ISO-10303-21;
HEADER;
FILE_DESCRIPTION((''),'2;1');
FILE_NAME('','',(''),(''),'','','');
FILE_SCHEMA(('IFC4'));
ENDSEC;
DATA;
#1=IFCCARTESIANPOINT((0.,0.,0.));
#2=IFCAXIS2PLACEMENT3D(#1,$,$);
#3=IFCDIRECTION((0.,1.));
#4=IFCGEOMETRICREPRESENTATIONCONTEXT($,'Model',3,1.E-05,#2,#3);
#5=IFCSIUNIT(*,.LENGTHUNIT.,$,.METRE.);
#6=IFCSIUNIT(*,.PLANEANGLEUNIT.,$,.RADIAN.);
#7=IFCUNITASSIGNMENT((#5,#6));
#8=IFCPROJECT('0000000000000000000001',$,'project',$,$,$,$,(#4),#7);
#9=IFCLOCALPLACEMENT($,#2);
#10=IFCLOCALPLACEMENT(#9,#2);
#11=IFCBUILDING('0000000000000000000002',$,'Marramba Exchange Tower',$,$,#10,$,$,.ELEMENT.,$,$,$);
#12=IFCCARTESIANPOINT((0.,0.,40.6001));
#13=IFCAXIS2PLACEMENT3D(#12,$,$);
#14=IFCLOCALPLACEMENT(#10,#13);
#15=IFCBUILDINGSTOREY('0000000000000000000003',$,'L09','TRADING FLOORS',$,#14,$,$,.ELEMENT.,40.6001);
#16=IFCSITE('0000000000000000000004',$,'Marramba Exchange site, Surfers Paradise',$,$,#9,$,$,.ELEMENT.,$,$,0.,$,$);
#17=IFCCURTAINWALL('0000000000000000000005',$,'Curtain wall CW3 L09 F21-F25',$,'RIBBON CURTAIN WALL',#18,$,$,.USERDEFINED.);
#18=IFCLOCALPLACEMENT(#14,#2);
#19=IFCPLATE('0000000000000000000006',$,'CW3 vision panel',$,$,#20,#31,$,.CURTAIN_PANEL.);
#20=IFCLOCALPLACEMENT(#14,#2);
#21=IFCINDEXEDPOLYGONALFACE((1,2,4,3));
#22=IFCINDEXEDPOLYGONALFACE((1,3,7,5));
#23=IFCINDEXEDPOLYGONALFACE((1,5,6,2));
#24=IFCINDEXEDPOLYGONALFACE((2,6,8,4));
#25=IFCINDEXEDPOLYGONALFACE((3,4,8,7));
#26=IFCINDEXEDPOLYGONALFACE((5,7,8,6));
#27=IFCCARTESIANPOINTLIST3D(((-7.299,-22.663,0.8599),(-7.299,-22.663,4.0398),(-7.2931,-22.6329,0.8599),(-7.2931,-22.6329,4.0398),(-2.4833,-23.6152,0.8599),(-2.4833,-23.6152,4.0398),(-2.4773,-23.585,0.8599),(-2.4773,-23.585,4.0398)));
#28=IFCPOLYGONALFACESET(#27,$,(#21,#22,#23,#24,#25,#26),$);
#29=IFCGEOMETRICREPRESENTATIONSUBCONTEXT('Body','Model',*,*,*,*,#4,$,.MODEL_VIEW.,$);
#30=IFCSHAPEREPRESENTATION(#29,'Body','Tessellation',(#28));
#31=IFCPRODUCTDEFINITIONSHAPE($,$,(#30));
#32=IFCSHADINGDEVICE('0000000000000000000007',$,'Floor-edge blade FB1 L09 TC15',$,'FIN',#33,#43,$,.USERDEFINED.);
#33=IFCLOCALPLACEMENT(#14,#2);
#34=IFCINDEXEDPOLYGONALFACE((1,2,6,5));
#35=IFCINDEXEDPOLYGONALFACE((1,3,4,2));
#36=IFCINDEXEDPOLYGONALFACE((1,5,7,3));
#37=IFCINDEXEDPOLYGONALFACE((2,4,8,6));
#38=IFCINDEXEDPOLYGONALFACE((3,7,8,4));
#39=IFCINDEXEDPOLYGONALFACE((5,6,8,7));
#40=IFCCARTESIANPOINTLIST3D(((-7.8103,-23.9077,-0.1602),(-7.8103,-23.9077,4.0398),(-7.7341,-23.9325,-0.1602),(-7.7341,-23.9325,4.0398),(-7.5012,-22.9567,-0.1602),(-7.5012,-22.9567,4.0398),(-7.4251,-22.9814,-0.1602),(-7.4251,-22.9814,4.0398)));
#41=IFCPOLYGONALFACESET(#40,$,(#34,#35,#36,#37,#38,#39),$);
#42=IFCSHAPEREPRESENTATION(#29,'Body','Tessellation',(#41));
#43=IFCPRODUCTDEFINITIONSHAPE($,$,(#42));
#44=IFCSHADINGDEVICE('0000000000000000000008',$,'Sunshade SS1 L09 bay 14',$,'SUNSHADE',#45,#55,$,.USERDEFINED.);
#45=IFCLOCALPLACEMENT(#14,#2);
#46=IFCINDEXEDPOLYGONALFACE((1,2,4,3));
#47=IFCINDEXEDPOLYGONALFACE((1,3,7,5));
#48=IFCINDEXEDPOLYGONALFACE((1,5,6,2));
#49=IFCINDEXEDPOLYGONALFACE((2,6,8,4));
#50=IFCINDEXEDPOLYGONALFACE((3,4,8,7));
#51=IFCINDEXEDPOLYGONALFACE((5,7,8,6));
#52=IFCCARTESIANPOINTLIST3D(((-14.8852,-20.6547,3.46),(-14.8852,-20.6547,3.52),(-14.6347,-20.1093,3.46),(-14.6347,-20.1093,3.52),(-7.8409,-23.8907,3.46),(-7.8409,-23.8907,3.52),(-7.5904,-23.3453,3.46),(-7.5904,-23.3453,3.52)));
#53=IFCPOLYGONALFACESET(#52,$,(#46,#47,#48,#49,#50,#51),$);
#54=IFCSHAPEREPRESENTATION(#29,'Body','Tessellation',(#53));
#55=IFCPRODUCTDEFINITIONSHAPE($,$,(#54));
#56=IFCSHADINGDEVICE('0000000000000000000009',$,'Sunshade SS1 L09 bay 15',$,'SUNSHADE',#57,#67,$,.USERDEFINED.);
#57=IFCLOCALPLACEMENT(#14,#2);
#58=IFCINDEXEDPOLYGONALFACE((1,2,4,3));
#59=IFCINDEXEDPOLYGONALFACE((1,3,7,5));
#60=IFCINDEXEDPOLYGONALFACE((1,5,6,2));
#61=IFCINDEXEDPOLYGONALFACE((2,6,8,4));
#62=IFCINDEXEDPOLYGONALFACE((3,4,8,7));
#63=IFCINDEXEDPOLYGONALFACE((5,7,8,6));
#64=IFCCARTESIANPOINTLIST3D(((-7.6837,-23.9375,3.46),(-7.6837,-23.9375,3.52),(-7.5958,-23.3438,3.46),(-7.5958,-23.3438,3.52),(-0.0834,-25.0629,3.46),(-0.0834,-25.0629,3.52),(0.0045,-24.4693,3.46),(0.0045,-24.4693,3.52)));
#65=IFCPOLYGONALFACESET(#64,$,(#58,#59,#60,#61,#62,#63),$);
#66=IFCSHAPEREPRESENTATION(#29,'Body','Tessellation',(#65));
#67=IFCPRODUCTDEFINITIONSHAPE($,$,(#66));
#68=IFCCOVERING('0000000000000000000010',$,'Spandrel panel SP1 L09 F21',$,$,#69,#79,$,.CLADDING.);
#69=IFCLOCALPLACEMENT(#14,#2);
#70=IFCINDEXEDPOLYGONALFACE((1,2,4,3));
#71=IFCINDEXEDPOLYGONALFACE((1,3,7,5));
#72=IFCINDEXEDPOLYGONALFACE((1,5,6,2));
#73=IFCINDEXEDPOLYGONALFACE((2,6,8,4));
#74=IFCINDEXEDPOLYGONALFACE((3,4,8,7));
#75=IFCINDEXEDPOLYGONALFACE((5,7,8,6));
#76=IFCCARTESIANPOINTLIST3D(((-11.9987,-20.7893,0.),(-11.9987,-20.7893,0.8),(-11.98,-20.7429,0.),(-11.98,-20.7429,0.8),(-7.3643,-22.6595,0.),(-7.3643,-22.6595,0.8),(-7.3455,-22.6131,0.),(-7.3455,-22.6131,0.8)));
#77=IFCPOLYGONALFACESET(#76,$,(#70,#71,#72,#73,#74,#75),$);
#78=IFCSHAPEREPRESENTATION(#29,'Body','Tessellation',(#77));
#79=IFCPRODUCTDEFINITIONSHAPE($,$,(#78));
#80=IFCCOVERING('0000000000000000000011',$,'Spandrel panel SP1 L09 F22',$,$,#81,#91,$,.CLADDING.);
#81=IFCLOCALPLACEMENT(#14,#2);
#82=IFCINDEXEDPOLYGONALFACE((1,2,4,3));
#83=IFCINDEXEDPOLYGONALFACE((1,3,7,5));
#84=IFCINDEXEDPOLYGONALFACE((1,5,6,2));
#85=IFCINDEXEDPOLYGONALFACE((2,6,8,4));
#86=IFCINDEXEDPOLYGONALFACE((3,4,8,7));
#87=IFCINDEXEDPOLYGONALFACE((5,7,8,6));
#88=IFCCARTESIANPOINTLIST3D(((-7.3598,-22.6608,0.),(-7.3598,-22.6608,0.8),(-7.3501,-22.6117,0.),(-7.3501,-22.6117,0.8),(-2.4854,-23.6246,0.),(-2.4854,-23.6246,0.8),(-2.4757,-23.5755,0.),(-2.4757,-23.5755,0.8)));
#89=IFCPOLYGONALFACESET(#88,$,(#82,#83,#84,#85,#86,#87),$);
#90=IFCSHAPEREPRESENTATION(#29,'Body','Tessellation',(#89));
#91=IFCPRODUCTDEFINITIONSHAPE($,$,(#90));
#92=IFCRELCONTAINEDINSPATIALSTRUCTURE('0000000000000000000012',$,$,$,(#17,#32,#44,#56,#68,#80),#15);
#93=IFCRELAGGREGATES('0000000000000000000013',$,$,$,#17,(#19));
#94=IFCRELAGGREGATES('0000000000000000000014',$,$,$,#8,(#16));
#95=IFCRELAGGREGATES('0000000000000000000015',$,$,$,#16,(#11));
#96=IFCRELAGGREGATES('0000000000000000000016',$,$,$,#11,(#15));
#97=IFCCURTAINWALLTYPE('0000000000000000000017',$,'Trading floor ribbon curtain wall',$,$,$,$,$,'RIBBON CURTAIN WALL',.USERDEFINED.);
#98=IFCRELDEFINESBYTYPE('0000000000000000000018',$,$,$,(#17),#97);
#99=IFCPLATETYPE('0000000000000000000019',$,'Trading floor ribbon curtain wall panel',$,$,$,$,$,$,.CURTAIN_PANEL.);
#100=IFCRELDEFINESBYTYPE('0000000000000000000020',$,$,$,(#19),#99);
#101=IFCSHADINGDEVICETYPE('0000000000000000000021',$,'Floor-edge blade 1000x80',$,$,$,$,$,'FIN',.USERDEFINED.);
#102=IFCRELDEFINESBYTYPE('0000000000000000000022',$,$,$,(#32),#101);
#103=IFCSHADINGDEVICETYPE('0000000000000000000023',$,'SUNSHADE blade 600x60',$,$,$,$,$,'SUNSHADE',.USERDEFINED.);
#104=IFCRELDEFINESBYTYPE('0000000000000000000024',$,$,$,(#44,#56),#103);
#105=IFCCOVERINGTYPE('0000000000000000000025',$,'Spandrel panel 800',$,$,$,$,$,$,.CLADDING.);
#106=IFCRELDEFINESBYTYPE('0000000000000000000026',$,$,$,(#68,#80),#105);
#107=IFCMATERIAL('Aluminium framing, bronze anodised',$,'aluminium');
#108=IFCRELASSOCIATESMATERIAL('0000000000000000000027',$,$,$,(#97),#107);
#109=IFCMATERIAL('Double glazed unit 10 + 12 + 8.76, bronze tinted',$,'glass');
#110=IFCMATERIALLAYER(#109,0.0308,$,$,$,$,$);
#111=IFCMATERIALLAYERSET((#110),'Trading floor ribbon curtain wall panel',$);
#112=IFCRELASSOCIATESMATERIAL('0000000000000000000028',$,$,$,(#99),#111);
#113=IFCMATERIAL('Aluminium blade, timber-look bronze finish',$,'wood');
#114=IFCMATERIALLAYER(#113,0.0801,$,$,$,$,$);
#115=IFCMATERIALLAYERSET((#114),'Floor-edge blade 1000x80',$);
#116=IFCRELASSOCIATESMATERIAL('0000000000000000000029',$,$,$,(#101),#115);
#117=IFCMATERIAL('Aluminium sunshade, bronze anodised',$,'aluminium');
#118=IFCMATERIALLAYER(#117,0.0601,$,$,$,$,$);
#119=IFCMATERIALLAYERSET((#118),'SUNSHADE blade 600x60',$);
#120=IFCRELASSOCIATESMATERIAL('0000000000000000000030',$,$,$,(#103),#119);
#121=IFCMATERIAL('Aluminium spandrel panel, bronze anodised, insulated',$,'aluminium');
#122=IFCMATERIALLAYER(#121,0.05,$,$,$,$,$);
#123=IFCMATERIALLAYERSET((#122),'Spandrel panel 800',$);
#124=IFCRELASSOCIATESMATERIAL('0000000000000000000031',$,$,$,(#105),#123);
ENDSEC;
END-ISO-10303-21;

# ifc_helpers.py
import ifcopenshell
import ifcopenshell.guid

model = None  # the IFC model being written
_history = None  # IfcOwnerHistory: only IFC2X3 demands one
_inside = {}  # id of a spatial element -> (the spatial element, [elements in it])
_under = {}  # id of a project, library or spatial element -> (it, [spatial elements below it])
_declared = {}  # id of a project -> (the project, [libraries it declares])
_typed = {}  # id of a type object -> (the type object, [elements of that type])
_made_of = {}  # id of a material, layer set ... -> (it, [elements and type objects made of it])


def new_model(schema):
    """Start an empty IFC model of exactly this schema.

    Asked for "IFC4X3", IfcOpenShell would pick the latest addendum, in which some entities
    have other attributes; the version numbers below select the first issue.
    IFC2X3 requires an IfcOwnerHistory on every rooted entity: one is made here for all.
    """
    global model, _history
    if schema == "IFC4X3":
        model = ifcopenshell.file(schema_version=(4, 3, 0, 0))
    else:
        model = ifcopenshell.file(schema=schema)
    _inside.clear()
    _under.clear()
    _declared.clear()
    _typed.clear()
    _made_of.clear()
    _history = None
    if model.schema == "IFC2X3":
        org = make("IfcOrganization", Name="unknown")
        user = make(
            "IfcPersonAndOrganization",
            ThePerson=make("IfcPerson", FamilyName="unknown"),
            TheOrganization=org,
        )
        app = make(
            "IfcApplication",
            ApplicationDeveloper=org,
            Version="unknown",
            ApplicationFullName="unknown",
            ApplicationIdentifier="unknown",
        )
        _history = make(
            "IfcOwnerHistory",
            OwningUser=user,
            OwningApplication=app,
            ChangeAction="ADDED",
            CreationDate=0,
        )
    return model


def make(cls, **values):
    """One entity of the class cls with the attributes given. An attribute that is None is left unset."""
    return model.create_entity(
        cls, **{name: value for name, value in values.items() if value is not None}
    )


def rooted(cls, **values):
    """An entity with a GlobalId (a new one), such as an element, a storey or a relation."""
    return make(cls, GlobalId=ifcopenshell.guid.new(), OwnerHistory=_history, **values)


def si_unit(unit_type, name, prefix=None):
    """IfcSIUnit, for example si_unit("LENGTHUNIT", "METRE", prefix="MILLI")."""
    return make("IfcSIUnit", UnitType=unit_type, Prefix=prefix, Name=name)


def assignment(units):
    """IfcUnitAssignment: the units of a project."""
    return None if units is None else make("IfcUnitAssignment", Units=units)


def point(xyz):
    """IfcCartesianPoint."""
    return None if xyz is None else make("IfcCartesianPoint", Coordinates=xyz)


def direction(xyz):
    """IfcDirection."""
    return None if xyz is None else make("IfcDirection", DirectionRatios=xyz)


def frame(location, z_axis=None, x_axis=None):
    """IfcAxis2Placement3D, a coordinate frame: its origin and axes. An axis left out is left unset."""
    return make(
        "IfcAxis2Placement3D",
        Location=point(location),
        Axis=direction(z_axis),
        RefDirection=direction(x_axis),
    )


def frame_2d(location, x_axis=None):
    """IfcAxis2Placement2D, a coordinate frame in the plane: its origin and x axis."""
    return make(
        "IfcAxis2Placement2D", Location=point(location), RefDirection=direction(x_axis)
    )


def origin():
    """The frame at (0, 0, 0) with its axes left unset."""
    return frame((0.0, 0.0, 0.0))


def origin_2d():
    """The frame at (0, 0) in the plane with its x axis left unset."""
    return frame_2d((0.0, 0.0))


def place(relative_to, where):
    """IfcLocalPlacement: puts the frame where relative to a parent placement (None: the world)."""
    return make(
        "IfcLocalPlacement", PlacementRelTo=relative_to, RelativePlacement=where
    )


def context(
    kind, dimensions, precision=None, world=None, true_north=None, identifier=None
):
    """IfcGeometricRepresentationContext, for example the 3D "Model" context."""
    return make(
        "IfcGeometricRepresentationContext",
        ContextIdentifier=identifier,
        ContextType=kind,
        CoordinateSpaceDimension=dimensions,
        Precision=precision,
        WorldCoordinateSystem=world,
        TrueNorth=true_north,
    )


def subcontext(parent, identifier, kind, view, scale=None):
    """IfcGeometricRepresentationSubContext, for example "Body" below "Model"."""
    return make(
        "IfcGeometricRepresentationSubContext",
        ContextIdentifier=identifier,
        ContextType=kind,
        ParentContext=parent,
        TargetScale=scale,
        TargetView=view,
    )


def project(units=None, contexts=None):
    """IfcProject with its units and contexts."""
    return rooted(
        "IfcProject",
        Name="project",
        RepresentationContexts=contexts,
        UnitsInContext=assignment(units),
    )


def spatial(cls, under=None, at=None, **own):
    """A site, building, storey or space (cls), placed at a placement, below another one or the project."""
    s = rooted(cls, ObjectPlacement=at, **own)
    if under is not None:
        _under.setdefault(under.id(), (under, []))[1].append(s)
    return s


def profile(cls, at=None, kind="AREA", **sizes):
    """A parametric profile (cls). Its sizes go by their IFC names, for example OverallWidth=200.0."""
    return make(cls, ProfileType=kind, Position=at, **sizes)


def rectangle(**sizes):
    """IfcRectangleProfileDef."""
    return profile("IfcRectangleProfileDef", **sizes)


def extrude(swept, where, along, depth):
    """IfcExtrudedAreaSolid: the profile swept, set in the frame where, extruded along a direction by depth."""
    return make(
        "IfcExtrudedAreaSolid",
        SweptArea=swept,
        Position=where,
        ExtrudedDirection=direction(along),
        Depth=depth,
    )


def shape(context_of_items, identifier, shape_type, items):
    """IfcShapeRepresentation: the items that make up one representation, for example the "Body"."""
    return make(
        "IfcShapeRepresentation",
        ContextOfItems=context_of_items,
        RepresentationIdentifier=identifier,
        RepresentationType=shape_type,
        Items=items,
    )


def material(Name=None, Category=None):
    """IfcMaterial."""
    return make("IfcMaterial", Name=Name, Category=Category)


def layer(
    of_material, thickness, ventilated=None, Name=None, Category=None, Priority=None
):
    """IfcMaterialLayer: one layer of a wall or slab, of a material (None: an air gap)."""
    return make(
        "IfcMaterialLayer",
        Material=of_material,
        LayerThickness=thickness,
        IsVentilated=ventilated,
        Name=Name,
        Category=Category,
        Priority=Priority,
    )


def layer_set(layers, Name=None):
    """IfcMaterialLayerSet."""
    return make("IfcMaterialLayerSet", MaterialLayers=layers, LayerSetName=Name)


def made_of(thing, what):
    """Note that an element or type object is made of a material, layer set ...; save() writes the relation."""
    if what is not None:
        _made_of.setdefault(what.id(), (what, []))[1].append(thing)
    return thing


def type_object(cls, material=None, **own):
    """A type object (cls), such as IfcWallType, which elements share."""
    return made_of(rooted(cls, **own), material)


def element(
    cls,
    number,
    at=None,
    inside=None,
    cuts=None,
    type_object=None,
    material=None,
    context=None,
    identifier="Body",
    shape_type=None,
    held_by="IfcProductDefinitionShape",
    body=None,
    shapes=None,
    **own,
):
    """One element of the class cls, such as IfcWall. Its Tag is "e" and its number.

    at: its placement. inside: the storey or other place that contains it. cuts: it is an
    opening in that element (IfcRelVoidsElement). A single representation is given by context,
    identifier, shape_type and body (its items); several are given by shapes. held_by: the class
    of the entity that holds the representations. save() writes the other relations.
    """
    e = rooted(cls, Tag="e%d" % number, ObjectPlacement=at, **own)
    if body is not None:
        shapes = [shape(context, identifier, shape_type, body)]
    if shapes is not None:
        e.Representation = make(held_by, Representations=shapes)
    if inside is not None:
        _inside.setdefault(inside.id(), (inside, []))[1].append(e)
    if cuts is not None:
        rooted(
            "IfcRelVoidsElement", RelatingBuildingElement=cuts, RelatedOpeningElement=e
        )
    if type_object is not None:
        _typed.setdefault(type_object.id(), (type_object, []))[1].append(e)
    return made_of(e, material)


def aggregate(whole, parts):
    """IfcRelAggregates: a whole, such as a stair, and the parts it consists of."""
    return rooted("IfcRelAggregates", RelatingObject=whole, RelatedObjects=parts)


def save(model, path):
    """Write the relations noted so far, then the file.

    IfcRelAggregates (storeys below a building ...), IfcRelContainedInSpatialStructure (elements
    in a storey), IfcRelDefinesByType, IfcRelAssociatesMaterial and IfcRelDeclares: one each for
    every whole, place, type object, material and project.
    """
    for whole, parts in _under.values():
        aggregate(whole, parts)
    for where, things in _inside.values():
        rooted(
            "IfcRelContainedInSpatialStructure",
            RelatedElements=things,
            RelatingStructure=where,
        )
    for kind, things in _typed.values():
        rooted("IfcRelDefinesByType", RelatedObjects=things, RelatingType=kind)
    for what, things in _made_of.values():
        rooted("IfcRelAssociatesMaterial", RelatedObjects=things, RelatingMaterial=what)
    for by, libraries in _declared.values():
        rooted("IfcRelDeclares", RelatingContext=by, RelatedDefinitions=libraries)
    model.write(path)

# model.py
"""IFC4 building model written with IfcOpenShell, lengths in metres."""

from ifc_helpers import new_model, si_unit, direction, frame, origin, origin_2d, place, context, subcontext, project, spatial, rectangle, extrude, material, layer, layer_set, type_object, element, aggregate, save


model = new_model("IFC4")

# Units and contexts
model_context = context("Model", 3, precision=1e-05, world=origin(), true_north=direction((0.0, 1.0)))
body_context = subcontext(model_context, "Body", "Model", "MODEL_VIEW")
ifc_project = project(units=[si_unit("LENGTHUNIT", "METRE"), si_unit("PLANEANGLEUNIT", "RADIAN")], contexts=[model_context])

# Site, building, storey
site_placement = place(None, origin())
site = spatial("IfcSite", under=ifc_project, at=site_placement, Name="Marramba Exchange site, Surfers Paradise", CompositionType="ELEMENT", RefElevation=0.0)
building_placement = place(site_placement, origin())
building = spatial("IfcBuilding", under=site, at=building_placement, Name="Marramba Exchange Tower", CompositionType="ELEMENT")
storey_placement = place(building_placement, frame((0.0, 0.0, 40.6001)))
storey = spatial("IfcBuildingStorey", under=building, at=storey_placement, Name="L09", Description="TRADING FLOORS", CompositionType="ELEMENT", Elevation=40.6001)

# Curtain wall, plate
ifc_material_1 = material(Name="Aluminium framing, bronze anodised", Category="aluminium")
curtain_wall_type = type_object("IfcCurtainWallType", Name="Trading floor ribbon curtain wall", ElementType="RIBBON CURTAIN WALL", PredefinedType="USERDEFINED", material=ifc_material_1)
curtain_wall_placement = place(storey_placement, origin())
curtain_wall = element("IfcCurtainWall", 1, at=curtain_wall_placement, inside=storey, type_object=curtain_wall_type, Name="Curtain wall CW3 L09 F21-F25", ObjectType="RIBBON CURTAIN WALL", PredefinedType="USERDEFINED")
ifc_material_2 = material(Name="Double glazed unit 10 + 12 + 8.76, bronze tinted", Category="glass")
ifc_layer_1 = layer(ifc_material_2, 0.0308)
ifc_layer_set_1 = layer_set([ifc_layer_1], Name="Trading floor ribbon curtain wall panel")
plate_type = type_object("IfcPlateType", Name="Trading floor ribbon curtain wall panel", PredefinedType="CURTAIN_PANEL", material=ifc_layer_set_1)
plate_1_placement = place(storey_placement, frame((-4.8882, -23.124, 0.8599), z_axis=(0.0, 0.0, 1.0), x_axis=(0.981009, -0.193961, 0.0)))
plate_1 = element("IfcPlate", 2, at=plate_1_placement, type_object=plate_type, Name="CW3 vision panel", PredefinedType="CURTAIN_PANEL", context=body_context, shape_type="SweptSolid", body=[
    extrude(rectangle(XDim=4.9089, YDim=0.0308, at=origin_2d()), origin(), (0.0, 0.0, 1.0), 3.1799),
])
aggregate(curtain_wall, [plate_1])

# Shading devices
ifc_material_3 = material(Name="Aluminium blade, timber-look bronze finish", Category="wood")
ifc_layer_2 = layer(ifc_material_3, 0.0801)
ifc_layer_set_2 = layer_set([ifc_layer_2], Name="Floor-edge blade 1000x80")
shading_device_type_1 = type_object("IfcShadingDeviceType", Name="Floor-edge blade 1000x80", ElementType="FIN", PredefinedType="USERDEFINED", material=ifc_layer_set_2)
shading_device_1_placement = place(storey_placement, frame((-7.6177, -23.4446, -0.1602), z_axis=(0.0, 0.0, 1.0), x_axis=(-0.309017, -0.951057, 0.0)))
element("IfcShadingDevice", 3, at=shading_device_1_placement, inside=storey, type_object=shading_device_type_1, Name="Floor-edge blade FB1 L09 TC15", ObjectType="FIN", PredefinedType="USERDEFINED", context=body_context, shape_type="SweptSolid", body=[
    extrude(rectangle(XDim=1.0, YDim=0.0801, at=origin_2d()), origin(), (0.0, 0.0, 1.0), 4.2),
])
ifc_material_4 = material(Name="Aluminium sunshade, bronze anodised", Category="aluminium")
ifc_layer_3 = layer(ifc_material_4, 0.0601)
ifc_layer_set_3 = layer_set([ifc_layer_3], Name="SUNSHADE blade 600x60")
shading_device_type_2 = type_object("IfcShadingDeviceType", Name="SUNSHADE blade 600x60", ElementType="SUNSHADE", PredefinedType="USERDEFINED", material=ifc_layer_set_3)
shading_device_2_placement = place(storey_placement, frame((-11.2378, -22.0, 3.46), z_axis=(0.0, 0.0, 1.0), x_axis=(0.908704, -0.417442, 0.0)))
element("IfcShadingDevice", 4, at=shading_device_2_placement, inside=storey, type_object=shading_device_type_2, Name="Sunshade SS1 L09 bay 14", ObjectType="SUNSHADE", PredefinedType="USERDEFINED", context=body_context, shape_type="SweptSolid", body=[
    extrude(rectangle(XDim=7.752, YDim=0.6001, at=origin_2d()), origin(), (0.0, 0.0, 1.0), 0.0601),
])
shading_device_3_placement = place(storey_placement, frame((-3.8396, -24.2034, 3.46), z_axis=(0.0, 0.0, 1.0), x_axis=(0.989213, -0.146485, 0.0)))
element("IfcShadingDevice", 5, at=shading_device_3_placement, inside=storey, type_object=shading_device_type_2, Name="Sunshade SS1 L09 bay 15", ObjectType="SUNSHADE", PredefinedType="USERDEFINED", context=body_context, shape_type="SweptSolid", body=[
    extrude(rectangle(XDim=7.6831, YDim=0.6001, at=origin_2d()), origin(), (0.0, 0.0, 1.0), 0.0601),
])

# Coverings
ifc_material_5 = material(Name="Aluminium spandrel panel, bronze anodised, insulated", Category="aluminium")
ifc_layer_4 = layer(ifc_material_5, 0.05)
ifc_layer_set_4 = layer_set([ifc_layer_4], Name="Spandrel panel 800")
covering_type = type_object("IfcCoveringType", Name="Spandrel panel 800", PredefinedType="CLADDING", material=ifc_layer_set_4)
covering_1_placement = place(storey_placement, frame((-9.6721, -21.7012, 0.0), z_axis=(0.0, 0.0, 1.0), x_axis=(0.927341, -0.374218, 0.0)))
element("IfcCovering", 6, at=covering_1_placement, inside=storey, type_object=covering_type, Name="Spandrel panel SP1 L09 F21", PredefinedType="CLADDING", context=body_context, shape_type="SweptSolid", body=[
    extrude(rectangle(XDim=4.9976, YDim=0.05, at=origin_2d()), origin(), (0.0, 0.0, 1.0), 0.8),
])
covering_2_placement = place(storey_placement, frame((-4.9177, -23.1182, 0.0), z_axis=(0.0, 0.0, 1.0), x_axis=(0.981009, -0.193961, 0.0)))
element("IfcCovering", 7, at=covering_2_placement, inside=storey, type_object=covering_type, Name="Spandrel panel SP1 L09 F22", PredefinedType="CLADDING", context=body_context, shape_type="SweptSolid", body=[
    extrude(rectangle(XDim=4.9688, YDim=0.05, at=origin_2d()), origin(), (0.0, 0.0, 1.0), 0.8),
])

save(model, "model.ifc")
